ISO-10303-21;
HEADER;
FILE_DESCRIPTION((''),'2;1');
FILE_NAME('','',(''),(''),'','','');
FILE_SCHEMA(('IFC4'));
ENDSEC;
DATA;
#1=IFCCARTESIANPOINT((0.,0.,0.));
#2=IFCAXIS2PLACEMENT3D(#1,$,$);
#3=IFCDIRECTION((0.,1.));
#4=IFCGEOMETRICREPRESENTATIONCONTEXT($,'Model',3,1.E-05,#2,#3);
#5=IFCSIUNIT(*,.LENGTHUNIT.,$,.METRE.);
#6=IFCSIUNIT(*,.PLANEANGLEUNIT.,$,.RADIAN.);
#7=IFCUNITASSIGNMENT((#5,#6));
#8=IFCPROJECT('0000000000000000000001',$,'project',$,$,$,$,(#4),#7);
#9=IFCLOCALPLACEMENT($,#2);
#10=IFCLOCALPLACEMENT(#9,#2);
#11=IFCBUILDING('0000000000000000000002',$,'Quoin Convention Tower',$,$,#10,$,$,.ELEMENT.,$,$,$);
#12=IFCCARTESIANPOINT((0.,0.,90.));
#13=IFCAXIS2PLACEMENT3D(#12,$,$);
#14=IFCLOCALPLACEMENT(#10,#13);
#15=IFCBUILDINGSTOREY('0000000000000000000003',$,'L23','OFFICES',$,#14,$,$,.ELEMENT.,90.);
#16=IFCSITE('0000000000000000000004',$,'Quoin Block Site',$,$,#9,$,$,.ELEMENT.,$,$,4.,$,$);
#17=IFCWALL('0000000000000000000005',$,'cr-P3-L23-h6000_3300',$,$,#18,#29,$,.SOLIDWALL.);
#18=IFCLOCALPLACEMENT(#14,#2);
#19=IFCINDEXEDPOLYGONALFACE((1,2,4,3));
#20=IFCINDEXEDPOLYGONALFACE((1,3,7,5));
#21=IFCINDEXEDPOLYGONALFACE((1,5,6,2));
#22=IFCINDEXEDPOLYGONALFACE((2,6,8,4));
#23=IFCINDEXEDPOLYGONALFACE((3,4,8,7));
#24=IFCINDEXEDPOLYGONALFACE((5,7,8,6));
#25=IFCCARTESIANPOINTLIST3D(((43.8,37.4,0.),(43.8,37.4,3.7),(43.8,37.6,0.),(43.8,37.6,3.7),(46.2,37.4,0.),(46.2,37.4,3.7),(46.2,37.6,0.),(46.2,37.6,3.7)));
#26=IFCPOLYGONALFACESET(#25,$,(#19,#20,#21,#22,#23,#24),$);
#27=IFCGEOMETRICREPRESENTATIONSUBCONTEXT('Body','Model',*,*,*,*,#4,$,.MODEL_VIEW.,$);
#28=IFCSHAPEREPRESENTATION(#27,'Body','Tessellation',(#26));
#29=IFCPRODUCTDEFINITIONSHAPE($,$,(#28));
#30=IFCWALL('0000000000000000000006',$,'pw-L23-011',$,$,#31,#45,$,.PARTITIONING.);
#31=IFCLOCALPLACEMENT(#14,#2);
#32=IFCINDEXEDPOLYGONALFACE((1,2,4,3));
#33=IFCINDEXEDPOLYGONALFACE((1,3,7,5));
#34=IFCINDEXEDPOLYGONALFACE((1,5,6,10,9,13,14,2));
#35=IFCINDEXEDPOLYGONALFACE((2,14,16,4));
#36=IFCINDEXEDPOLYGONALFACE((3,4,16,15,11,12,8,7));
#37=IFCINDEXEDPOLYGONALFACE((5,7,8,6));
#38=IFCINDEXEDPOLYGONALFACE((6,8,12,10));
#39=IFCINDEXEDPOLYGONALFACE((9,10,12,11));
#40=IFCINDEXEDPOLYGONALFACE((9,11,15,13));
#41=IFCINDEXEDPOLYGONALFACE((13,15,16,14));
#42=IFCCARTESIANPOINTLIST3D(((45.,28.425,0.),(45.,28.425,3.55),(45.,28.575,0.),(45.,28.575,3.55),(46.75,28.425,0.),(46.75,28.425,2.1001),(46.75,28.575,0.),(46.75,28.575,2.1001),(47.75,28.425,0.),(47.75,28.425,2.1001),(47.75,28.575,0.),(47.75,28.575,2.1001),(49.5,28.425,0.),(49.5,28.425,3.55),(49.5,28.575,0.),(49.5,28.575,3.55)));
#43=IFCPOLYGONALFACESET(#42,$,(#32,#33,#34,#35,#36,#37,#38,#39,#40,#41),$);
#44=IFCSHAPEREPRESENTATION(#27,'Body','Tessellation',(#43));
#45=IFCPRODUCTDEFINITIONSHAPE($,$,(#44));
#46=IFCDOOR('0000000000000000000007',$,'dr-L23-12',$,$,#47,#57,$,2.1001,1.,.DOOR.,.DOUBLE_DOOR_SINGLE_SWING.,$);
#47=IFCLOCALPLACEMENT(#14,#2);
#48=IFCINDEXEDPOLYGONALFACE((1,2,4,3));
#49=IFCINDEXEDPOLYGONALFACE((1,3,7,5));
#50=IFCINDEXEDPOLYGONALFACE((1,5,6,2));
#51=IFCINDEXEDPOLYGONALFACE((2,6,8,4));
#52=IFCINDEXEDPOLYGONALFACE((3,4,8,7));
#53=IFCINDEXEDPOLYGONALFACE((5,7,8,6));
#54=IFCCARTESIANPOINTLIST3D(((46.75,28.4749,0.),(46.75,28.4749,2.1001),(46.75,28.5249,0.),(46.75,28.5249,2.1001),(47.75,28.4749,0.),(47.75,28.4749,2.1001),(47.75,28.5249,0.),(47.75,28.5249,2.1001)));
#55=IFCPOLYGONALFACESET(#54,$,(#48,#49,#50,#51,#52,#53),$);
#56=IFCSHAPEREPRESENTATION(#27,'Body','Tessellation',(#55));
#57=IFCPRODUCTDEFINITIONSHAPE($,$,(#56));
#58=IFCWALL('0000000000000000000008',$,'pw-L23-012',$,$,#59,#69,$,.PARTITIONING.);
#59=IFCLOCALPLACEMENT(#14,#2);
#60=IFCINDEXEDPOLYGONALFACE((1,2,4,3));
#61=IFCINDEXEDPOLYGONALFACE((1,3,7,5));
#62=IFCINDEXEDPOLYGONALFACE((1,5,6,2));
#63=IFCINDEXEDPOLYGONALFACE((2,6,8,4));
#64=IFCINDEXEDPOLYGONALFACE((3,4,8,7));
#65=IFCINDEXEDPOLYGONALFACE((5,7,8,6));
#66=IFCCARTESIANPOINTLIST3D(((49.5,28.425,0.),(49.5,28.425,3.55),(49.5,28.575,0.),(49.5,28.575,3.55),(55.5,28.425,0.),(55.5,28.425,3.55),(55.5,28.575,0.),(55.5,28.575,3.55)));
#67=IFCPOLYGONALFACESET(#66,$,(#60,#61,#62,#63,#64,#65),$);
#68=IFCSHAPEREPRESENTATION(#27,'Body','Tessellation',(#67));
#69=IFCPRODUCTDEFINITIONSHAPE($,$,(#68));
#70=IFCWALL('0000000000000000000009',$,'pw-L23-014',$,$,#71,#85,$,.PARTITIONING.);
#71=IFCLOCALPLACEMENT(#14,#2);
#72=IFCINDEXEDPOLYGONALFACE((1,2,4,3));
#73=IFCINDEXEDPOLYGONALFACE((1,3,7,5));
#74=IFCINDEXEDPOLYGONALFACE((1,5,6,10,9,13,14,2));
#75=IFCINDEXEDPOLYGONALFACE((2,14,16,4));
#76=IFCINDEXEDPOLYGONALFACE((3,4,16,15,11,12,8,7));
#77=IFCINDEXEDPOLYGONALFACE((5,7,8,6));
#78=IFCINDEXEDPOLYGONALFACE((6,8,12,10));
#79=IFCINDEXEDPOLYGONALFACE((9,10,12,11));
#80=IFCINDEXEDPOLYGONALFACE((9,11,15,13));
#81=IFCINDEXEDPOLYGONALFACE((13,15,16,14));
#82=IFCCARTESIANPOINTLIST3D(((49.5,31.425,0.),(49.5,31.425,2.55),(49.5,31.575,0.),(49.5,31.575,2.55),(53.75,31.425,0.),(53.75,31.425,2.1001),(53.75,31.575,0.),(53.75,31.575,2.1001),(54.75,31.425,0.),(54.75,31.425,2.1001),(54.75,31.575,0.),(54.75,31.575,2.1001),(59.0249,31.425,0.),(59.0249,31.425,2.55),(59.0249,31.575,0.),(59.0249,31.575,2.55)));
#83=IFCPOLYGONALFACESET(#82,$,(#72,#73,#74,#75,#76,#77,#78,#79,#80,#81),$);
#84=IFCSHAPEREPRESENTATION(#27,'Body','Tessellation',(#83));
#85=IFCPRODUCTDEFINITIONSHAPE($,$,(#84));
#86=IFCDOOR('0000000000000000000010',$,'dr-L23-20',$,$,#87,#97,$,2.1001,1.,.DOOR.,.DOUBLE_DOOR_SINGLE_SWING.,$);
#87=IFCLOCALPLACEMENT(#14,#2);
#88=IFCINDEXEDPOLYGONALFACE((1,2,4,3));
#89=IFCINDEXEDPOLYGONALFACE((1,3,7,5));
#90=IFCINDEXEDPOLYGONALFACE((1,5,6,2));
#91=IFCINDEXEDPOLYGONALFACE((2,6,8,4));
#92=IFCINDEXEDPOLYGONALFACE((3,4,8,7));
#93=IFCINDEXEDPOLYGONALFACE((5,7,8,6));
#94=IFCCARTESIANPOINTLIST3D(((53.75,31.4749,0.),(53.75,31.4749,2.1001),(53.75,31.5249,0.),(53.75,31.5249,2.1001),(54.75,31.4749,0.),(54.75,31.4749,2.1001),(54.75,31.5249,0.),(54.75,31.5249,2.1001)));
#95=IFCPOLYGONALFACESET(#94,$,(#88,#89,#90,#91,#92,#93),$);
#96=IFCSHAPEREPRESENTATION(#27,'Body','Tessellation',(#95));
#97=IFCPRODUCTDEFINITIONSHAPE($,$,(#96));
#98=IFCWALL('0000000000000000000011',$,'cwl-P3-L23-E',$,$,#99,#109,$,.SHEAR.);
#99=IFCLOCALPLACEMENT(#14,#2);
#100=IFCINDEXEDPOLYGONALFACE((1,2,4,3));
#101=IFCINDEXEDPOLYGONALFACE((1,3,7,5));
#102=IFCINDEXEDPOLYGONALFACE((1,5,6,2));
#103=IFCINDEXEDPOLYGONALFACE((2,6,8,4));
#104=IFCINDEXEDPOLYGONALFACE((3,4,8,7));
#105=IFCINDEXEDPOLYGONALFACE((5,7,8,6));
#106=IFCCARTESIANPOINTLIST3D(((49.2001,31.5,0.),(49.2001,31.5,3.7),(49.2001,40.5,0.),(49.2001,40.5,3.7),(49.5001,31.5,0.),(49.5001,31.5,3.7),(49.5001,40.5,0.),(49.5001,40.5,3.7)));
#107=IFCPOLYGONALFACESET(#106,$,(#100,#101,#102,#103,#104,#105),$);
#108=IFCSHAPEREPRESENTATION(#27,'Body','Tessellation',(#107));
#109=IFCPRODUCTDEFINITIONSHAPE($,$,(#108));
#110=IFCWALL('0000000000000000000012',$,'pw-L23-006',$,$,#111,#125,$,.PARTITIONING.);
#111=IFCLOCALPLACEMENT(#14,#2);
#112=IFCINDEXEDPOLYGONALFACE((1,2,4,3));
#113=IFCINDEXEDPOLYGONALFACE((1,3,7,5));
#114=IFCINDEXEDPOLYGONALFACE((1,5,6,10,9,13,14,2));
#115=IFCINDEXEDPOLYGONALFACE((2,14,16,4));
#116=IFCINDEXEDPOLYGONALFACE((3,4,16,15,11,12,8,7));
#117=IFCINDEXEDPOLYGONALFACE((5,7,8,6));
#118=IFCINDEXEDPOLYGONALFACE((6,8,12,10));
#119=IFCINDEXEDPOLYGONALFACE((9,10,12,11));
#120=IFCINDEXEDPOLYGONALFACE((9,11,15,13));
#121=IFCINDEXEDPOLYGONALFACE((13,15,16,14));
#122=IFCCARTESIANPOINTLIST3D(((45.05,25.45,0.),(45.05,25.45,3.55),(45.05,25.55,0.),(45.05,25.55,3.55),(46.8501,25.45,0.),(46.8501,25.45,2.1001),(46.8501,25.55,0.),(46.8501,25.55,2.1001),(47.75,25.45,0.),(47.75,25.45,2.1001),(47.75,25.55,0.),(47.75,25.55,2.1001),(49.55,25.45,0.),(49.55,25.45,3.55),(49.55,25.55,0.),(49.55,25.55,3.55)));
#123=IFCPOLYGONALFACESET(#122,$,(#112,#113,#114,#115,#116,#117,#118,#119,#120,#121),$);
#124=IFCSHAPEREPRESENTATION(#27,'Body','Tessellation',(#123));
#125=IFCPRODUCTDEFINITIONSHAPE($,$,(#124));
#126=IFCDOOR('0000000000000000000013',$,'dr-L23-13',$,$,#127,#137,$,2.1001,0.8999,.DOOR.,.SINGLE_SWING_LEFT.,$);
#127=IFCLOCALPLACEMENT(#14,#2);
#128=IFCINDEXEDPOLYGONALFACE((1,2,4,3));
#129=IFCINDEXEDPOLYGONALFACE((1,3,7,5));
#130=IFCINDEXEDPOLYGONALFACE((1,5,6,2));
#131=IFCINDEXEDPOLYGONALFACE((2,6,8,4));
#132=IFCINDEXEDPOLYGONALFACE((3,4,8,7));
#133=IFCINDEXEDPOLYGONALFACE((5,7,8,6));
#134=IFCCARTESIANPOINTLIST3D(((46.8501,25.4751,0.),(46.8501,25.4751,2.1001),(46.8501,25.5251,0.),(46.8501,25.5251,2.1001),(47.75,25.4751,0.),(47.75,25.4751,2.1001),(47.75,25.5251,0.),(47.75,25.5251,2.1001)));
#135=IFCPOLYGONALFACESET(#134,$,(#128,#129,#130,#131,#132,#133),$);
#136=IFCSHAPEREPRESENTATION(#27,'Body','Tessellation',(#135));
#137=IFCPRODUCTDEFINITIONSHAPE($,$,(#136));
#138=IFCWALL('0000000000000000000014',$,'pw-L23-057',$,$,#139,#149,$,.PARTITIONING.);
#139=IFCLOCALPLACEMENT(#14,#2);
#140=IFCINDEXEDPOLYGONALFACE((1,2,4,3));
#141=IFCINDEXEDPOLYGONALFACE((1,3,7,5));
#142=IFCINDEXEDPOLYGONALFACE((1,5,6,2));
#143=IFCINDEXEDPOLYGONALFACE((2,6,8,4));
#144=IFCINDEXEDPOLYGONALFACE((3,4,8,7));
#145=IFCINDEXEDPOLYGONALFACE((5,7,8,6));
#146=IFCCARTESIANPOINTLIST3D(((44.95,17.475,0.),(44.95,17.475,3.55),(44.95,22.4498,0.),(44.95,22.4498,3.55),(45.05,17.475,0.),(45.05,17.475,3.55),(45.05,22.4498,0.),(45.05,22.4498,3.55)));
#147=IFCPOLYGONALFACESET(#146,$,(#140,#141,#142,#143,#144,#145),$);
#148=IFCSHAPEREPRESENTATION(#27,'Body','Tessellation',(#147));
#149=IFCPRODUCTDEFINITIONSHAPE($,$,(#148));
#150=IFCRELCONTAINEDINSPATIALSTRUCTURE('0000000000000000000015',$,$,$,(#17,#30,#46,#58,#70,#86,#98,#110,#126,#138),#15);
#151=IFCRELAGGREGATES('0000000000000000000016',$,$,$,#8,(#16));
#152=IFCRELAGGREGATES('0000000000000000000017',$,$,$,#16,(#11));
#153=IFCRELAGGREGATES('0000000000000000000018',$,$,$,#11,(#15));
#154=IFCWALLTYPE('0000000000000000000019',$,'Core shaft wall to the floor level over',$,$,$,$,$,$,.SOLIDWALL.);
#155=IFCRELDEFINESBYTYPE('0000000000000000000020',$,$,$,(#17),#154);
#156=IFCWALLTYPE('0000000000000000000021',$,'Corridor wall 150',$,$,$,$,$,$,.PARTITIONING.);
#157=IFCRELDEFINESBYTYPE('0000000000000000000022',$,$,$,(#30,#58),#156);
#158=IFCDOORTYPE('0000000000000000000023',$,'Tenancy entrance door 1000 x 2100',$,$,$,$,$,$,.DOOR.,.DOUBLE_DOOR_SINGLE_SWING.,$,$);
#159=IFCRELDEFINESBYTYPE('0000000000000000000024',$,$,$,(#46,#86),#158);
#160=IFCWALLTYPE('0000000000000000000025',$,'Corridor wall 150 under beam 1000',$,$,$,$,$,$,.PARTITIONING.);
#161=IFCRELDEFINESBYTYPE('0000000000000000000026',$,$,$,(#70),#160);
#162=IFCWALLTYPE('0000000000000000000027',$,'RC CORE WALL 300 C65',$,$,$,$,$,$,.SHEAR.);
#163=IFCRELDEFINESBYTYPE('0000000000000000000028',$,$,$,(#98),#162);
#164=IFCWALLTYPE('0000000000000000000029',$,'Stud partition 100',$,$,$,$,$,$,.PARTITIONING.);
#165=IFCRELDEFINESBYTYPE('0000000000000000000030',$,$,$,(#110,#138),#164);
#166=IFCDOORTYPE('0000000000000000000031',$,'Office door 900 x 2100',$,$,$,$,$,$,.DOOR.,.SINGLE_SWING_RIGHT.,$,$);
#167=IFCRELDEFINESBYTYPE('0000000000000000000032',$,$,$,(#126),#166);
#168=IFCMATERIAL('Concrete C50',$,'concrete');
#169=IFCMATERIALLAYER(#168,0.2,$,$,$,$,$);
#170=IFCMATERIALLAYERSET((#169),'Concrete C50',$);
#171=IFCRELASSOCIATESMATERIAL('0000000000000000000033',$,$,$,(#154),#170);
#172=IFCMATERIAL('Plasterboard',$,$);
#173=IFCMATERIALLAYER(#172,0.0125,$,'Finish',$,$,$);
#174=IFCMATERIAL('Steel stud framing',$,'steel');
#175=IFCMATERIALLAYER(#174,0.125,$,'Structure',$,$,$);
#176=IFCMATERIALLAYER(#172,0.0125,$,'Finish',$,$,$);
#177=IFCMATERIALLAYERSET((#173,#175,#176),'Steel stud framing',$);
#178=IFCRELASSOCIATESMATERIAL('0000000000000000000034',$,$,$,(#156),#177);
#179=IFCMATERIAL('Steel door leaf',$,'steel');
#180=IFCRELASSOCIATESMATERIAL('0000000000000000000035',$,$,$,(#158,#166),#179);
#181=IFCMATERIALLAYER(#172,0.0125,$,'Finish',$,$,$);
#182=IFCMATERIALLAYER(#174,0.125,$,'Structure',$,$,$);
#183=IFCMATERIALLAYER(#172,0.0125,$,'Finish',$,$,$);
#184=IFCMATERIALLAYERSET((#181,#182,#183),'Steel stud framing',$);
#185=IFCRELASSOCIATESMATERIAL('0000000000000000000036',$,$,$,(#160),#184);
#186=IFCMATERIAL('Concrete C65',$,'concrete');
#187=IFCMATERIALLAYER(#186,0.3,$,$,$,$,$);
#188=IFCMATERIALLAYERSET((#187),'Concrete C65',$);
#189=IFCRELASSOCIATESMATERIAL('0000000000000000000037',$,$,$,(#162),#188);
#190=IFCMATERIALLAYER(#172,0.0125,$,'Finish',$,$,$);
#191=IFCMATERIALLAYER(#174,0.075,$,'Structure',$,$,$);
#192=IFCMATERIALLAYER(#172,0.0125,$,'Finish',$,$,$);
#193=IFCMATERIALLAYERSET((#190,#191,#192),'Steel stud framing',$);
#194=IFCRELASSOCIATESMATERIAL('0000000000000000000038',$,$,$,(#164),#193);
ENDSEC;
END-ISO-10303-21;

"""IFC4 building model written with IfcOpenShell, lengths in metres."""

from ifc_helpers import new_model, si_unit, direction, frame, frame_2d, origin, place, context, subcontext, project, spatial, rectangle, extrude, material, layer, layer_set, type_object, element, fill, save


model = new_model("IFC4")

# Units and contexts
model_context = context("Model", 3, precision=1e-05, world=origin(), true_north=direction((0.0, 1.0)))
body_context = subcontext(model_context, "Body", "Model", "MODEL_VIEW")
ifc_project = project(units=[si_unit("LENGTHUNIT", "METRE"), si_unit("PLANEANGLEUNIT", "RADIAN")], contexts=[model_context])

# Site, building, storey
site_placement = place(None, origin())
site = spatial("IfcSite", under=ifc_project, at=site_placement, Name="Quoin Block Site", CompositionType="ELEMENT", RefElevation=4.0)
building_placement = place(site_placement, origin())
building = spatial("IfcBuilding", under=site, at=building_placement, Name="Quoin Convention Tower", CompositionType="ELEMENT")
storey_placement = place(building_placement, frame((0.0, 0.0, 90.0)))
storey = spatial("IfcBuildingStorey", under=building, at=storey_placement, Name="L23", Description="OFFICES", CompositionType="ELEMENT", Elevation=90.0)

# Shared definitions
ifc_material_1 = material(Name="Concrete C65", Category="concrete")

# Wall
ifc_material_2 = material(Name="Concrete C50", Category="concrete")
ifc_layer_1 = layer(ifc_material_2, 0.2)
ifc_layer_set_1 = layer_set([ifc_layer_1], Name="Concrete C50")
wall_type_1 = type_object("IfcWallType", Name="Core shaft wall to the floor level over", PredefinedType="SOLIDWALL", material=ifc_layer_set_1)
wall_1_placement = place(storey_placement, frame((43.8, 37.5, 0.0), z_axis=(0.0, 0.0, 1.0), x_axis=(1.0, 0.0, 0.0)))
element("IfcWall", 1, at=wall_1_placement, inside=storey, type_object=wall_type_1, Name="cr-P3-L23-h6000_3300", PredefinedType="SOLIDWALL", context=body_context, shape_type="SweptSolid", body=[
    extrude(rectangle(XDim=2.3999, YDim=0.2, at=frame_2d((1.2, 0.0))), origin(), (0.0, 0.0, 1.0), 3.7),
])

# Wall, opening, door
ifc_material_3 = material(Name="Plasterboard")
ifc_layer_2 = layer(ifc_material_3, 0.0125, Name="Finish")
ifc_material_4 = material(Name="Steel stud framing", Category="steel")
ifc_layer_3 = layer(ifc_material_4, 0.125, Name="Structure")
ifc_layer_4 = layer(ifc_material_3, 0.0125, Name="Finish")
ifc_layer_set_2 = layer_set([ifc_layer_2, ifc_layer_3, ifc_layer_4], Name="Steel stud framing")
wall_type_2 = type_object("IfcWallType", Name="Corridor wall 150", PredefinedType="PARTITIONING", material=ifc_layer_set_2)
wall_2_placement = place(storey_placement, frame((45.0, 28.5, 0.0), z_axis=(0.0, 0.0, 1.0), x_axis=(1.0, 0.0, 0.0)))
wall_2 = element("IfcWall", 2, at=wall_2_placement, inside=storey, type_object=wall_type_2, Name="pw-L23-011", PredefinedType="PARTITIONING", context=body_context, shape_type="SweptSolid", body=[
    extrude(rectangle(XDim=4.5, YDim=0.1499, at=frame_2d((2.25, 0.0))), origin(), (0.0, 0.0, 1.0), 3.55),
])
opening_1_placement = place(wall_2_placement, frame((1.75, 0.0, 0.0)))
opening_1 = element("IfcOpeningElement", 3, at=opening_1_placement, cuts=wall_2, PredefinedType="OPENING", context=body_context, shape_type="SweptSolid", body=[
    extrude(rectangle(XDim=1.0, YDim=2.1001, at=frame_2d((0.5, 1.05))), frame((0.0, 0.085, 0.0), z_axis=(0.0, -1.0, 0.0), x_axis=(1.0, 0.0, 0.0)), (0.0, 0.0, 1.0), 0.1699),
])
ifc_material_5 = material(Name="Steel door leaf", Category="steel")
door_type_1 = type_object("IfcDoorType", Name="Tenancy entrance door 1000 x 2100", OperationType="DOUBLE_DOOR_SINGLE_SWING", PredefinedType="DOOR", material=ifc_material_5)
door_1_placement = place(opening_1_placement, origin())
door_1 = element("IfcDoor", 4, at=door_1_placement, inside=storey, type_object=door_type_1, Name="dr-L23-12", OperationType="DOUBLE_DOOR_SINGLE_SWING", OverallHeight=2.1001, OverallWidth=1.0, PredefinedType="DOOR", context=body_context, shape_type="SweptSolid", body=[
    extrude(rectangle(XDim=1.0, YDim=2.1001, at=frame_2d((0.5, 1.05))), frame((0.0, 0.0249, 0.0), z_axis=(0.0, -1.0, 0.0), x_axis=(1.0, 0.0, 0.0)), (0.0, 0.0, 1.0), 0.05),
])
fill(opening_1, door_1)

# Wall
wall_3_placement = place(storey_placement, frame((49.5, 28.5, 0.0), z_axis=(0.0, 0.0, 1.0), x_axis=(1.0, 0.0, 0.0)))
element("IfcWall", 5, at=wall_3_placement, inside=storey, type_object=wall_type_2, Name="pw-L23-012", PredefinedType="PARTITIONING", context=body_context, shape_type="SweptSolid", body=[
    extrude(rectangle(XDim=6.0, YDim=0.1499, at=frame_2d((3.0, 0.0))), origin(), (0.0, 0.0, 1.0), 3.55),
])

# Wall, opening, door
ifc_layer_5 = layer(ifc_material_3, 0.0125, Name="Finish")
ifc_layer_6 = layer(ifc_material_4, 0.125, Name="Structure")
ifc_layer_7 = layer(ifc_material_3, 0.0125, Name="Finish")
ifc_layer_set_3 = layer_set([ifc_layer_5, ifc_layer_6, ifc_layer_7], Name="Steel stud framing")
wall_type_3 = type_object("IfcWallType", Name="Corridor wall 150 under beam 1000", PredefinedType="PARTITIONING", material=ifc_layer_set_3)
wall_4_placement = place(storey_placement, frame((49.5, 31.5, 0.0), z_axis=(0.0, 0.0, 1.0), x_axis=(1.0, 0.0, 0.0)))
wall_4 = element("IfcWall", 6, at=wall_4_placement, inside=storey, type_object=wall_type_3, Name="pw-L23-014", PredefinedType="PARTITIONING", context=body_context, shape_type="SweptSolid", body=[
    extrude(rectangle(XDim=9.5249, YDim=0.1499, at=frame_2d((4.7625, 0.0))), origin(), (0.0, 0.0, 1.0), 2.55),
])
opening_2_placement = place(wall_4_placement, frame((4.25, 0.0, 0.0)))
opening_2 = element("IfcOpeningElement", 7, at=opening_2_placement, cuts=wall_4, PredefinedType="OPENING", context=body_context, shape_type="SweptSolid", body=[
    extrude(rectangle(XDim=1.0, YDim=2.1001, at=frame_2d((0.5, 1.05))), frame((0.0, 0.085, 0.0), z_axis=(0.0, -1.0, 0.0), x_axis=(1.0, 0.0, 0.0)), (0.0, 0.0, 1.0), 0.1699),
])
door_2_placement = place(opening_2_placement, origin())
door_2 = element("IfcDoor", 8, at=door_2_placement, inside=storey, type_object=door_type_1, Name="dr-L23-20", OperationType="DOUBLE_DOOR_SINGLE_SWING", OverallHeight=2.1001, OverallWidth=1.0, PredefinedType="DOOR", context=body_context, shape_type="SweptSolid", body=[
    extrude(rectangle(XDim=1.0, YDim=2.1001, at=frame_2d((0.5, 1.05))), frame((0.0, 0.0249, 0.0), z_axis=(0.0, -1.0, 0.0), x_axis=(1.0, 0.0, 0.0)), (0.0, 0.0, 1.0), 0.05),
])
fill(opening_2, door_2)

# Wall
ifc_layer_8 = layer(ifc_material_1, 0.3)
ifc_layer_set_4 = layer_set([ifc_layer_8], Name="Concrete C65")
wall_type_4 = type_object("IfcWallType", Name="RC CORE WALL 300 C65", PredefinedType="SHEAR", material=ifc_layer_set_4)
wall_5_placement = place(storey_placement, frame((49.3501, 31.5, 0.0), z_axis=(0.0, 0.0, 1.0), x_axis=(0.0, 1.0, 0.0)))
element("IfcWall", 9, at=wall_5_placement, inside=storey, type_object=wall_type_4, Name="cwl-P3-L23-E", PredefinedType="SHEAR", context=body_context, shape_type="SweptSolid", body=[
    extrude(rectangle(XDim=9.0, YDim=0.3, at=frame_2d((4.5, 0.0))), origin(), (0.0, 0.0, 1.0), 3.7),
])

# Wall, opening, door
ifc_layer_9 = layer(ifc_material_3, 0.0125, Name="Finish")
ifc_layer_10 = layer(ifc_material_4, 0.075, Name="Structure")
ifc_layer_11 = layer(ifc_material_3, 0.0125, Name="Finish")
ifc_layer_set_5 = layer_set([ifc_layer_9, ifc_layer_10, ifc_layer_11], Name="Steel stud framing")
wall_type_5 = type_object("IfcWallType", Name="Stud partition 100", PredefinedType="PARTITIONING", material=ifc_layer_set_5)
wall_6_placement = place(storey_placement, frame((45.05, 25.5, 0.0), z_axis=(0.0, 0.0, 1.0), x_axis=(1.0, 0.0, 0.0)))
wall_6 = element("IfcWall", 10, at=wall_6_placement, inside=storey, type_object=wall_type_5, Name="pw-L23-006", PredefinedType="PARTITIONING", context=body_context, shape_type="SweptSolid", body=[
    extrude(rectangle(XDim=4.5, YDim=0.1001, at=frame_2d((2.25, 0.0))), origin(), (0.0, 0.0, 1.0), 3.55),
])
opening_3_placement = place(wall_6_placement, frame((1.8, 0.0, 0.0)))
opening_3 = element("IfcOpeningElement", 11, at=opening_3_placement, cuts=wall_6, PredefinedType="OPENING", context=body_context, shape_type="SweptSolid", body=[
    extrude(rectangle(XDim=0.8999, YDim=2.1001, at=frame_2d((0.45, 1.05))), frame((0.0, 0.0601, 0.0), z_axis=(0.0, -1.0, 0.0), x_axis=(1.0, 0.0, 0.0)), (0.0, 0.0, 1.0), 0.1201),
])
door_type_2 = type_object("IfcDoorType", Name="Office door 900 x 2100", OperationType="SINGLE_SWING_RIGHT", PredefinedType="DOOR", material=ifc_material_5)
door_3_placement = place(opening_3_placement, frame((0.8999, 0.0, 0.0), z_axis=(0.0, 0.0, 1.0), x_axis=(-1.0, 0.0, 0.0)))
door_3 = element("IfcDoor", 12, at=door_3_placement, inside=storey, type_object=door_type_2, Name="dr-L23-13", OperationType="SINGLE_SWING_LEFT", OverallHeight=2.1001, OverallWidth=0.8999, PredefinedType="DOOR", context=body_context, shape_type="SweptSolid", body=[
    extrude(rectangle(XDim=0.8999, YDim=2.1001, at=frame_2d((0.45, 1.05))), frame((0.0, 0.0249, 0.0), z_axis=(0.0, -1.0, 0.0), x_axis=(1.0, 0.0, 0.0)), (0.0, 0.0, 1.0), 0.05),
])
fill(opening_3, door_3)

# Wall
wall_7_placement = place(storey_placement, frame((45.0, 17.4751, 0.0), z_axis=(0.0, 0.0, 1.0), x_axis=(0.0, 1.0, 0.0)))
element("IfcWall", 13, at=wall_7_placement, inside=storey, type_object=wall_type_5, Name="pw-L23-057", PredefinedType="PARTITIONING", context=body_context, shape_type="SweptSolid", body=[
    extrude(rectangle(XDim=4.9749, YDim=0.1001, at=frame_2d((2.4873, 0.0))), origin(), (0.0, 0.0, 1.0), 3.55),
])

save(model, "model.ifc")
